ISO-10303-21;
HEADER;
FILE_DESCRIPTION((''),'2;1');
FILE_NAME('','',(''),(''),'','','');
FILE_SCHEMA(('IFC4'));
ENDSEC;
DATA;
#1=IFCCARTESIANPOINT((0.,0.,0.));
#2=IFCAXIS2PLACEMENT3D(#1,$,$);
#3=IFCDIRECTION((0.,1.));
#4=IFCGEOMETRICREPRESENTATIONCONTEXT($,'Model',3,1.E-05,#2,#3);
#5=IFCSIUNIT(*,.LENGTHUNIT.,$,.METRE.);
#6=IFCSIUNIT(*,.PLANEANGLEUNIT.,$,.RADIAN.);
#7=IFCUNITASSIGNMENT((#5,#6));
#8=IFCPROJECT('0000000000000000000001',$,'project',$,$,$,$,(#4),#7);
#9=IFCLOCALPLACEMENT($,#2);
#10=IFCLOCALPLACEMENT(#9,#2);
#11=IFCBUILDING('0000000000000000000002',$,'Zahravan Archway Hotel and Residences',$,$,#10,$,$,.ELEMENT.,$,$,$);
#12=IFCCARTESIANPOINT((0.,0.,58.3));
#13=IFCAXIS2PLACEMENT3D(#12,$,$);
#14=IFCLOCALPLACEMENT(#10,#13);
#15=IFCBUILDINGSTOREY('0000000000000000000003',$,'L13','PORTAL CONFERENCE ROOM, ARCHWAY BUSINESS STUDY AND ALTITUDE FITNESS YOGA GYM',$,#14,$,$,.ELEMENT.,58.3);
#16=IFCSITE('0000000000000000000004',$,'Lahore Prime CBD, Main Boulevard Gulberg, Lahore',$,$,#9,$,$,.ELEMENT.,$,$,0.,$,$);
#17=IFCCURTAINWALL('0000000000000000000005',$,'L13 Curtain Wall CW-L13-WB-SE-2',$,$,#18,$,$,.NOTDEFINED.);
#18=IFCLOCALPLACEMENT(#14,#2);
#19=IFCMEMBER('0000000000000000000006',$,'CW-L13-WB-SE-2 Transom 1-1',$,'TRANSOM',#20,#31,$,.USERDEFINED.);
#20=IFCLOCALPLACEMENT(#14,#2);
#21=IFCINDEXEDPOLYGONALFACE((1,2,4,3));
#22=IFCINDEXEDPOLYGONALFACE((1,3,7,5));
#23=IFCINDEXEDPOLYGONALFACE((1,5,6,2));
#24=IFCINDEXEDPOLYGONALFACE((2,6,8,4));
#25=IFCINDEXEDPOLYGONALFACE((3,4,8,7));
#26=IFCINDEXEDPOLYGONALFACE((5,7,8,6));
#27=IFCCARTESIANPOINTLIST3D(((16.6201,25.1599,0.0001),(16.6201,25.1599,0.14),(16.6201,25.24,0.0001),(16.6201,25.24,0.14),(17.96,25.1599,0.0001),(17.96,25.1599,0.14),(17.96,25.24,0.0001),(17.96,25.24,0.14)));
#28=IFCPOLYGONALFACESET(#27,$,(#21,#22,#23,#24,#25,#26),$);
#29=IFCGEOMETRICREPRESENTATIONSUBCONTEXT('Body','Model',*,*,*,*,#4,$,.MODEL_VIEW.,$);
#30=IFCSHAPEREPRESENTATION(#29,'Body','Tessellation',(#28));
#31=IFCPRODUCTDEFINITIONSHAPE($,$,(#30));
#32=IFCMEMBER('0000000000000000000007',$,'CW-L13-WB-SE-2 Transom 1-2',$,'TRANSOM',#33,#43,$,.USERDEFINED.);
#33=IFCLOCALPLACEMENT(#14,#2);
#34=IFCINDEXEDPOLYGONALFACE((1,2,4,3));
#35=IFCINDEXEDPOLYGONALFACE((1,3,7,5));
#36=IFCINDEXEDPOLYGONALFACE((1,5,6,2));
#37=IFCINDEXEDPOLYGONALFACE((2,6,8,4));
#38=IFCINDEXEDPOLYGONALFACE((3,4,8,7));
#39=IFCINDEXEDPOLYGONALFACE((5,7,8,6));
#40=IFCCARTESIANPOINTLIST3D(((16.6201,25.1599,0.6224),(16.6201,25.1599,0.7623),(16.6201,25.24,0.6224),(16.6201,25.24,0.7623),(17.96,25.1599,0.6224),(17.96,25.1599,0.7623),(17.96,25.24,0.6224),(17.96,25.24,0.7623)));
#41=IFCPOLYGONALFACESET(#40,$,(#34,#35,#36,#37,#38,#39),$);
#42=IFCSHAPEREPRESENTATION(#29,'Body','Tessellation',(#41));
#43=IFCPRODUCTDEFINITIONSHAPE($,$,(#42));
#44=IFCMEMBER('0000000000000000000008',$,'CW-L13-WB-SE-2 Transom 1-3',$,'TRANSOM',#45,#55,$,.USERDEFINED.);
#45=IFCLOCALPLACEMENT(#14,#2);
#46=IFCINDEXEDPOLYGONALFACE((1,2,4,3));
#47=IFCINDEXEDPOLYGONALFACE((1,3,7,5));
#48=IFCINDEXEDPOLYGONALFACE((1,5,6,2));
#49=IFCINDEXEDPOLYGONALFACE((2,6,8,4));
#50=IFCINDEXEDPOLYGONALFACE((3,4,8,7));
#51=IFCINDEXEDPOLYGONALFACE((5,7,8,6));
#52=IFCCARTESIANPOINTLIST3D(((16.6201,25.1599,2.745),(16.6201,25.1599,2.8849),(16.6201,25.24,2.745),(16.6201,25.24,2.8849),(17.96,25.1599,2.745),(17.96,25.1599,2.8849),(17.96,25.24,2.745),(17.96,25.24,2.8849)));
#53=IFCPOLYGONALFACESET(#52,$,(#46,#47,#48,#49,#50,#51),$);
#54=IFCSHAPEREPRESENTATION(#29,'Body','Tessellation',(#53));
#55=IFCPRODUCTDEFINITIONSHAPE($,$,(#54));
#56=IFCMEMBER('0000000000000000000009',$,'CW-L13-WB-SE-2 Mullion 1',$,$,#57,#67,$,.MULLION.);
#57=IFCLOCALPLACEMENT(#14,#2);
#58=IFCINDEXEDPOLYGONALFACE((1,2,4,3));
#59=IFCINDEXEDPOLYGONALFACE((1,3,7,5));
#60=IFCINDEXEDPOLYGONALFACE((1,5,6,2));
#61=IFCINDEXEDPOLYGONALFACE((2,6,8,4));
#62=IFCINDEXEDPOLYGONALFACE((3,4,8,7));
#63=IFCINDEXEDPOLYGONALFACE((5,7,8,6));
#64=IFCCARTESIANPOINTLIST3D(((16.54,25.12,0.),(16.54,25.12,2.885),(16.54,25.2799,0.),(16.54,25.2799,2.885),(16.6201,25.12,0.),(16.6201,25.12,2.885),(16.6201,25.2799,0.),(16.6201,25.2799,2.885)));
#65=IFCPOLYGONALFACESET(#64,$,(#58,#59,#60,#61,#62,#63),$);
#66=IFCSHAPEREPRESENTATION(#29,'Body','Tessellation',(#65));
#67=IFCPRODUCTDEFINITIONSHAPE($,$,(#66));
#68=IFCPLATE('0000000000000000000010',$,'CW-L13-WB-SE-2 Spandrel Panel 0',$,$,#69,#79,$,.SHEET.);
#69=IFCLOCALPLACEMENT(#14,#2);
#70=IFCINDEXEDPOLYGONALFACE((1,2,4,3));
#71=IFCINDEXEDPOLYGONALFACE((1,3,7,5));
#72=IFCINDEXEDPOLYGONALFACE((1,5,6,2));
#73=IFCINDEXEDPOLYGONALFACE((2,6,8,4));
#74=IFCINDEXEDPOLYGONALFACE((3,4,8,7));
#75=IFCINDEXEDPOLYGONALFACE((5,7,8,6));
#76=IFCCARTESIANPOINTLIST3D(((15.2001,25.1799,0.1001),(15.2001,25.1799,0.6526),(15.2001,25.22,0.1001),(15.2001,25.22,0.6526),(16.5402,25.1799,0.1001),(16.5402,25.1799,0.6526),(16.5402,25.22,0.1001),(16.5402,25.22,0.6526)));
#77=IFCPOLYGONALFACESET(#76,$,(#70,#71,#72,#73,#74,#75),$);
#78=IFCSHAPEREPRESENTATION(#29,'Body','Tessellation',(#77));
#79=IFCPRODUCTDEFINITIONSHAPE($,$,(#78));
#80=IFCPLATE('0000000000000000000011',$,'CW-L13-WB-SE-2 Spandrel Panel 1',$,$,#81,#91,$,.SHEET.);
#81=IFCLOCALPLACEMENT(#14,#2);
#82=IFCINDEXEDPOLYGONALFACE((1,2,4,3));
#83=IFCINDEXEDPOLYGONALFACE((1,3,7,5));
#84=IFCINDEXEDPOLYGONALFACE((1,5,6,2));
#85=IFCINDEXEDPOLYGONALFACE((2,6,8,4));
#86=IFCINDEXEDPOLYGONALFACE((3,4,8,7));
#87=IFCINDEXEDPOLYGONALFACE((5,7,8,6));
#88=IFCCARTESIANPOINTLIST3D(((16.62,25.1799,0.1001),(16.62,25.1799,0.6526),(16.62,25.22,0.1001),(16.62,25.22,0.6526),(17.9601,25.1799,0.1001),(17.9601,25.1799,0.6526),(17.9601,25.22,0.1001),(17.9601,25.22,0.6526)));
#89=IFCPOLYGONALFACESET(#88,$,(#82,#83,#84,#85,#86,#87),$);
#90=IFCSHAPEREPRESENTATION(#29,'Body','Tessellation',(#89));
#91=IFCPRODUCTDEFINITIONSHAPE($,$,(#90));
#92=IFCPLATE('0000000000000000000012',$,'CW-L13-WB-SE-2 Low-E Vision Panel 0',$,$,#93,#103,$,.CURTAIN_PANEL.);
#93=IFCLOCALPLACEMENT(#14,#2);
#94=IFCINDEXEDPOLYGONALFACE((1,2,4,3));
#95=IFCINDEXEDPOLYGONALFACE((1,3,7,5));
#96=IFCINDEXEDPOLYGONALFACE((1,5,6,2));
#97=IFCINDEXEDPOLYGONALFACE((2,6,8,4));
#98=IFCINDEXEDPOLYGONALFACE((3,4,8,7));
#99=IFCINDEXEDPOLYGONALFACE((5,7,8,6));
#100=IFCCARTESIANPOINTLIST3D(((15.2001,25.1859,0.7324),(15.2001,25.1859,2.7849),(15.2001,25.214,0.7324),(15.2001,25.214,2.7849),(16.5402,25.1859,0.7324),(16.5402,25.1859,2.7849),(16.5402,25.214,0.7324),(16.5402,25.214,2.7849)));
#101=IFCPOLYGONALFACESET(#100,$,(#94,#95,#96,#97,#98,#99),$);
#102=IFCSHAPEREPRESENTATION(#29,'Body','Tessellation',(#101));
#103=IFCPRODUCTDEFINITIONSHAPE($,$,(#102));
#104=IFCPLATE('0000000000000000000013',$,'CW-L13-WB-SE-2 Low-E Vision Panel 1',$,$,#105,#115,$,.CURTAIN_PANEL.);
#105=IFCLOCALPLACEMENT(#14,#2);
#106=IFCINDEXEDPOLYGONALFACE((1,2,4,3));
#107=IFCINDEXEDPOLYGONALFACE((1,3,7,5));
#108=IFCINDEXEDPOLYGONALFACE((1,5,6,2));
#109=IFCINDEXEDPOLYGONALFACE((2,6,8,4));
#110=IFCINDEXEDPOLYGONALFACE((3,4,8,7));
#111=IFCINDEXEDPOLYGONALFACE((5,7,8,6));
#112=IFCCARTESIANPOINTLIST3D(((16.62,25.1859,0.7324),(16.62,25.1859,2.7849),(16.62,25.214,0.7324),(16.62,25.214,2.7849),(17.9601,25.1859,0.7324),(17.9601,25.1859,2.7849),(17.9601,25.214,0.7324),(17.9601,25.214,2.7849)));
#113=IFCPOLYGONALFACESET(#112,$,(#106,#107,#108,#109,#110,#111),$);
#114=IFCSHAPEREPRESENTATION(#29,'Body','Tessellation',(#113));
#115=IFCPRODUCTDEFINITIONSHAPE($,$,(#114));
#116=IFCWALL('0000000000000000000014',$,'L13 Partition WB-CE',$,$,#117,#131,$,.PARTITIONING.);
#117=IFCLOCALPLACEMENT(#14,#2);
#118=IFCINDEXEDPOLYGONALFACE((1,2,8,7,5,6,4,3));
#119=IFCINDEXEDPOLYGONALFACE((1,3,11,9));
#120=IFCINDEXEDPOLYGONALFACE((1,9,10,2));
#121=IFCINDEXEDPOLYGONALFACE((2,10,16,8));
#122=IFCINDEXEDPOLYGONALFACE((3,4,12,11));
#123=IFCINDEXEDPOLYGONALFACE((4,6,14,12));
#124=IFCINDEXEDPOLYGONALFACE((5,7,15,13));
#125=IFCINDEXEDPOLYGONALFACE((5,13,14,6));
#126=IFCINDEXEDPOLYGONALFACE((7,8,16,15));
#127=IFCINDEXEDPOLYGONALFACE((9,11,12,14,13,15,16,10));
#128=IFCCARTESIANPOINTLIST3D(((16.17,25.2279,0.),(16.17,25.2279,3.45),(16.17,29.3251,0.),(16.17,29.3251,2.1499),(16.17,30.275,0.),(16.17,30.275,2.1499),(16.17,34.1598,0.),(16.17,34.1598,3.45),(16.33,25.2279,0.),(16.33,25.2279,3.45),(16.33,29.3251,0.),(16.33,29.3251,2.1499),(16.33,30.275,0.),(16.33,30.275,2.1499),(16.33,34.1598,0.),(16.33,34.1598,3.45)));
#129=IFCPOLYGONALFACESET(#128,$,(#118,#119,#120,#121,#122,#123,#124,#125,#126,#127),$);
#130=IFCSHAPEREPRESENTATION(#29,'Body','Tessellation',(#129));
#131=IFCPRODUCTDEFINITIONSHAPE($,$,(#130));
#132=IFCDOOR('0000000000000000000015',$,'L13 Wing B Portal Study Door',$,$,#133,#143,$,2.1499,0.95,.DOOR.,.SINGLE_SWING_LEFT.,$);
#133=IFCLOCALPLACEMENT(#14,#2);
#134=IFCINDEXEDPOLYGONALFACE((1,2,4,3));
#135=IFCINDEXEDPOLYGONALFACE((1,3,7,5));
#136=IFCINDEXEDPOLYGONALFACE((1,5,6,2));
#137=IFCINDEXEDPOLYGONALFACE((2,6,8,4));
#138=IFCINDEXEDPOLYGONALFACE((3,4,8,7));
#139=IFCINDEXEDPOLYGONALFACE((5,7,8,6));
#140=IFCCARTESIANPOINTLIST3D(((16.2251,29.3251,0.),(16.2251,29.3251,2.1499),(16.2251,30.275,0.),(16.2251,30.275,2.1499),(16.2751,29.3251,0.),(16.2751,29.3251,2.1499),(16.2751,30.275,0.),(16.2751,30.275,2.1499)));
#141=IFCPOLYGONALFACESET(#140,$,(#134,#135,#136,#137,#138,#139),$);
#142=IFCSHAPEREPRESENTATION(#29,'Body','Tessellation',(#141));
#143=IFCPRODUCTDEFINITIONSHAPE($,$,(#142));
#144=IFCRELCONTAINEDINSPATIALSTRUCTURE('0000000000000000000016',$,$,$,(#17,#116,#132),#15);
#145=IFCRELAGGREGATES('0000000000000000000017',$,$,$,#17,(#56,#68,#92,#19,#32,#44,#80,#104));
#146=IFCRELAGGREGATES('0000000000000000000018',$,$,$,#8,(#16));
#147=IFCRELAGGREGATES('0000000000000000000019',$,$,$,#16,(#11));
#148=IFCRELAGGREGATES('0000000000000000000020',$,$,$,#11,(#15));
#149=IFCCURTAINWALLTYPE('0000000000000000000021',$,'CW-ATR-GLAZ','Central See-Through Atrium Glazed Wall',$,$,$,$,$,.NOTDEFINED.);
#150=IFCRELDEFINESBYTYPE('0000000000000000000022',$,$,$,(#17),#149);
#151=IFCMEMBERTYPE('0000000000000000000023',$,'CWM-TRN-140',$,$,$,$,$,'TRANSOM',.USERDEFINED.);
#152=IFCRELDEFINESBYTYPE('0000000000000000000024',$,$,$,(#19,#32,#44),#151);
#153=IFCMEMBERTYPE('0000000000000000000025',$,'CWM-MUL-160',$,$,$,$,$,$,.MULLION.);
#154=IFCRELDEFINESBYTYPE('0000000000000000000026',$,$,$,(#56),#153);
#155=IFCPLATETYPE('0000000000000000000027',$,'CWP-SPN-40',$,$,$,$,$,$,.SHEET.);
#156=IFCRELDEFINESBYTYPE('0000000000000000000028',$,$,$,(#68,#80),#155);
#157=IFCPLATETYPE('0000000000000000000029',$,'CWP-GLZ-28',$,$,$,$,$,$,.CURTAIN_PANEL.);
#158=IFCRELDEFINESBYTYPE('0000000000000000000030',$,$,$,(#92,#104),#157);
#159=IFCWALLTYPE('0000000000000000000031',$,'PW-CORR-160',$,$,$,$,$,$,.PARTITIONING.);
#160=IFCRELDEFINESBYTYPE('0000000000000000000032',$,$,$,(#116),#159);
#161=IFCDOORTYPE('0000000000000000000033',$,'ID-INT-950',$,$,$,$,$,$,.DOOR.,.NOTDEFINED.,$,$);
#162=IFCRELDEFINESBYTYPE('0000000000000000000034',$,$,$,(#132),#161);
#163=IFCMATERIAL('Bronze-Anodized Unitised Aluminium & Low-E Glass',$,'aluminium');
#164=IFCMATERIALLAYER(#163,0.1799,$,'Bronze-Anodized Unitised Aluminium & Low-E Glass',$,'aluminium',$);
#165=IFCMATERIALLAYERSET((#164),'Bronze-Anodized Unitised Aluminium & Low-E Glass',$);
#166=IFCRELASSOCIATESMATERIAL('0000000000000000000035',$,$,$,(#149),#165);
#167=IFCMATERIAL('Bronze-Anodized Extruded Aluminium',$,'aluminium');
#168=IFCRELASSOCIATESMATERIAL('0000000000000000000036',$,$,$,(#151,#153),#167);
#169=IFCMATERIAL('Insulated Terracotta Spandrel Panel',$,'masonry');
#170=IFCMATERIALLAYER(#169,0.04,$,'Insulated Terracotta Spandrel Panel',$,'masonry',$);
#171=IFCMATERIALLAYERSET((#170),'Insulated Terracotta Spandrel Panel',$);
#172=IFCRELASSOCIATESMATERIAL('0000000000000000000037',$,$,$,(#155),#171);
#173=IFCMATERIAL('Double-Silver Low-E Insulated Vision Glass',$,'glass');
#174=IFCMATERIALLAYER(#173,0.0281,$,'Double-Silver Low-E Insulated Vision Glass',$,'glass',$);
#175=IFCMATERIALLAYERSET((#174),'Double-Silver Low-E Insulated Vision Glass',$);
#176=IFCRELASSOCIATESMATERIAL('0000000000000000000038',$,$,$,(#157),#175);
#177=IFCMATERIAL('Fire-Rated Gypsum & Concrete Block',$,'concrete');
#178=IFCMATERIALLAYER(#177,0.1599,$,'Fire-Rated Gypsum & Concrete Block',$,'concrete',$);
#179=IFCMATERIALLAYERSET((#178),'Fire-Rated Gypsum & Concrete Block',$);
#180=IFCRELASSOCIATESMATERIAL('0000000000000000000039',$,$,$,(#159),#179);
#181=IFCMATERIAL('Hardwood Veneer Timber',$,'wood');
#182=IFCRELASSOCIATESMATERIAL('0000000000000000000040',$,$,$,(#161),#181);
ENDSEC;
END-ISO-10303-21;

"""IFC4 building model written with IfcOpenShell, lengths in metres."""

from ifc_helpers import new_model, si_unit, direction, frame, frame_2d, origin, origin_2d, place, context, subcontext, project, spatial, rectangle, extrude, source, transform, mapped, material, layer, layer_set, material_profile, profile_set, type_object, type_shapes, element, fill, aggregate, save


model = new_model("IFC4")

# Units and contexts
model_context = context("Model", 3, precision=1e-05, world=origin(), true_north=direction((0.0, 1.0)))
body_context = subcontext(model_context, "Body", "Model", "MODEL_VIEW")
ifc_project = project(units=[si_unit("LENGTHUNIT", "METRE"), si_unit("PLANEANGLEUNIT", "RADIAN")], contexts=[model_context])

# Site, building, storey
site_placement = place(None, origin())
site = spatial("IfcSite", under=ifc_project, at=site_placement, Name="Lahore Prime CBD, Main Boulevard Gulberg, Lahore", CompositionType="ELEMENT", RefElevation=0.0)
building_placement = place(site_placement, origin())
building = spatial("IfcBuilding", under=site, at=building_placement, Name="Zahravan Archway Hotel and Residences", CompositionType="ELEMENT")
storey_placement = place(building_placement, frame((0.0, 0.0, 58.3)))
storey = spatial("IfcBuildingStorey", under=building, at=storey_placement, Name="L13", Description="PORTAL CONFERENCE ROOM, ARCHWAY BUSINESS STUDY AND ALTITUDE FITNESS YOGA GYM", CompositionType="ELEMENT", Elevation=58.3)

# Curtain wall, members, plates
ifc_material_1 = material(Name="Bronze-Anodized Unitised Aluminium & Low-E Glass", Category="aluminium")
ifc_layer_1 = layer(ifc_material_1, 0.1799, Name="Bronze-Anodized Unitised Aluminium & Low-E Glass", Category="aluminium")
ifc_layer_set_1 = layer_set([ifc_layer_1], Name="Bronze-Anodized Unitised Aluminium & Low-E Glass")
curtain_wall_type = type_object("IfcCurtainWallType", Name="CW-ATR-GLAZ", Description="Central See-Through Atrium Glazed Wall", PredefinedType="NOTDEFINED", material=ifc_layer_set_1)
curtain_wall_placement = place(storey_placement, origin())
curtain_wall = element("IfcCurtainWall", 1, at=curtain_wall_placement, inside=storey, type_object=curtain_wall_type, Name="L13 Curtain Wall CW-L13-WB-SE-2", PredefinedType="NOTDEFINED")
ifc_material_2 = material(Name="Bronze-Anodized Extruded Aluminium", Category="aluminium")
ifc_material_profile_1 = material_profile(ifc_material_2, rectangle(XDim=0.0801, YDim=0.1399, at=origin_2d()), Name="TRN 80x140", Category="aluminium")
ifc_profile_set_1 = profile_set([ifc_material_profile_1], Name="Bronze-Anodized Extruded Aluminium")
member_type_1 = type_object("IfcMemberType", Name="CWM-TRN-140", ElementType="TRANSOM", PredefinedType="USERDEFINED", material=ifc_profile_set_1)
shared_shape_1 = source(origin(), body_context, "Body", "SweptSolid", [
    extrude(rectangle(XDim=0.0801, YDim=0.1399, at=origin_2d()), origin(), (0.0, 0.0, 1.0), 1.3398),
])
member_1_placement = place(storey_placement, frame((16.6201, 25.2, 0.0701), z_axis=(1.0, 0.0, 0.0), x_axis=(0.0, 1.0, 0.0)))
member_1 = element("IfcMember", 2, at=member_1_placement, type_object=member_type_1, Name="CW-L13-WB-SE-2 Transom 1-1", ObjectType="TRANSOM", PredefinedType="USERDEFINED", context=body_context, shape_type="MappedRepresentation", body=[
    mapped(shared_shape_1, transform((0.0, 0.0, 0.0), scale=1.0)),
])
member_2_placement = place(storey_placement, frame((16.6201, 25.2, 0.6924), z_axis=(1.0, 0.0, 0.0), x_axis=(0.0, 1.0, 0.0)))
member_2 = element("IfcMember", 3, at=member_2_placement, type_object=member_type_1, Name="CW-L13-WB-SE-2 Transom 1-2", ObjectType="TRANSOM", PredefinedType="USERDEFINED", context=body_context, shape_type="MappedRepresentation", body=[
    mapped(shared_shape_1, transform((0.0, 0.0, 0.0), scale=1.0)),
])
member_3_placement = place(storey_placement, frame((16.6201, 25.2, 2.8149), z_axis=(1.0, 0.0, 0.0), x_axis=(0.0, 1.0, 0.0)))
member_3 = element("IfcMember", 4, at=member_3_placement, type_object=member_type_1, Name="CW-L13-WB-SE-2 Transom 1-3", ObjectType="TRANSOM", PredefinedType="USERDEFINED", context=body_context, shape_type="MappedRepresentation", body=[
    mapped(shared_shape_1, transform((0.0, 0.0, 0.0), scale=1.0)),
])
ifc_material_profile_2 = material_profile(ifc_material_2, rectangle(XDim=0.0801, YDim=0.1599, at=origin_2d()), Name="MUL 80x160", Category="aluminium")
ifc_profile_set_2 = profile_set([ifc_material_profile_2], Name="Bronze-Anodized Extruded Aluminium")
member_type_2 = type_object("IfcMemberType", Name="CWM-MUL-160", PredefinedType="MULLION", material=ifc_profile_set_2)
shared_shape_2 = source(origin(), body_context, "Body", "SweptSolid", [
    extrude(rectangle(XDim=0.0801, YDim=0.1599, at=origin_2d()), origin(), (0.0, 0.0, 1.0), 2.885),
])
member_4_placement = place(storey_placement, frame((16.5801, 25.2, 0.0), z_axis=(0.0, 0.0, 1.0), x_axis=(1.0, 0.0, 0.0)))
member_4 = element("IfcMember", 5, at=member_4_placement, type_object=member_type_2, Name="CW-L13-WB-SE-2 Mullion 1", PredefinedType="MULLION", context=body_context, shape_type="MappedRepresentation", body=[
    mapped(shared_shape_2, transform((0.0, 0.0, 0.0), scale=1.0)),
])
ifc_material_3 = material(Name="Insulated Terracotta Spandrel Panel", Category="masonry")
ifc_layer_2 = layer(ifc_material_3, 0.04, Name="Insulated Terracotta Spandrel Panel", Category="masonry")
ifc_layer_set_2 = layer_set([ifc_layer_2], Name="Insulated Terracotta Spandrel Panel")
plate_type_1 = type_object("IfcPlateType", Name="CWP-SPN-40", PredefinedType="SHEET", material=ifc_layer_set_2)
shared_shape_3 = source(origin(), body_context, "Body", "SweptSolid", [
    extrude(rectangle(XDim=1.3401, YDim=0.04, at=origin_2d()), origin(), (0.0, 0.0, 1.0), 0.5525),
])
plate_1_placement = place(storey_placement, frame((15.8701, 25.2, 0.1001), z_axis=(0.0, 0.0, 1.0), x_axis=(1.0, 0.0, 0.0)))
plate_1 = element("IfcPlate", 6, at=plate_1_placement, type_object=plate_type_1, Name="CW-L13-WB-SE-2 Spandrel Panel 0", PredefinedType="SHEET", context=body_context, shape_type="MappedRepresentation", body=[
    mapped(shared_shape_3, transform((0.0, 0.0, 0.0), scale=1.0)),
])
plate_2_placement = place(storey_placement, frame((17.29, 25.2, 0.1001), z_axis=(0.0, 0.0, 1.0), x_axis=(1.0, 0.0, 0.0)))
plate_2 = element("IfcPlate", 7, at=plate_2_placement, type_object=plate_type_1, Name="CW-L13-WB-SE-2 Spandrel Panel 1", PredefinedType="SHEET", context=body_context, shape_type="MappedRepresentation", body=[
    mapped(shared_shape_3, transform((0.0, 0.0, 0.0), scale=1.0)),
])
ifc_material_4 = material(Name="Double-Silver Low-E Insulated Vision Glass", Category="glass")
ifc_layer_3 = layer(ifc_material_4, 0.0281, Name="Double-Silver Low-E Insulated Vision Glass", Category="glass")
ifc_layer_set_3 = layer_set([ifc_layer_3], Name="Double-Silver Low-E Insulated Vision Glass")
plate_type_2 = type_object("IfcPlateType", Name="CWP-GLZ-28", PredefinedType="CURTAIN_PANEL", material=ifc_layer_set_3)
shared_shape_4 = source(origin(), body_context, "Body", "SweptSolid", [
    extrude(rectangle(XDim=1.3401, YDim=0.0281, at=origin_2d()), origin(), (0.0, 0.0, 1.0), 2.0525),
])
plate_3_placement = place(storey_placement, frame((15.8701, 25.2, 0.7324), z_axis=(0.0, 0.0, 1.0), x_axis=(1.0, 0.0, 0.0)))
plate_3 = element("IfcPlate", 8, at=plate_3_placement, type_object=plate_type_2, Name="CW-L13-WB-SE-2 Low-E Vision Panel 0", PredefinedType="CURTAIN_PANEL", context=body_context, shape_type="MappedRepresentation", body=[
    mapped(shared_shape_4, transform((0.0, 0.0, 0.0), scale=1.0)),
])
plate_4_placement = place(storey_placement, frame((17.29, 25.2, 0.7324), z_axis=(0.0, 0.0, 1.0), x_axis=(1.0, 0.0, 0.0)))
plate_4 = element("IfcPlate", 9, at=plate_4_placement, type_object=plate_type_2, Name="CW-L13-WB-SE-2 Low-E Vision Panel 1", PredefinedType="CURTAIN_PANEL", context=body_context, shape_type="MappedRepresentation", body=[
    mapped(shared_shape_4, transform((0.0, 0.0, 0.0), scale=1.0)),
])
aggregate(curtain_wall, [member_4, plate_1, plate_3, member_1, member_2, member_3, plate_2, plate_4])

# Wall, opening, door
ifc_material_5 = material(Name="Fire-Rated Gypsum & Concrete Block", Category="concrete")
ifc_layer_4 = layer(ifc_material_5, 0.1599, Name="Fire-Rated Gypsum & Concrete Block", Category="concrete")
ifc_layer_set_4 = layer_set([ifc_layer_4], Name="Fire-Rated Gypsum & Concrete Block")
wall_type = type_object("IfcWallType", Name="PW-CORR-160", PredefinedType="PARTITIONING", material=ifc_layer_set_4)
wall_placement = place(storey_placement, frame((16.25, 25.228, 0.0), z_axis=(0.0, 0.0, 1.0), x_axis=(0.0, 1.0, 0.0)))
wall = element("IfcWall", 10, at=wall_placement, inside=storey, type_object=wall_type, Name="L13 Partition WB-CE", PredefinedType="PARTITIONING", context=body_context, shape_type="SweptSolid", body=[
    extrude(rectangle(XDim=8.9319, YDim=0.1599, at=frame_2d((4.4658, 0.0))), origin(), (0.0, 0.0, 1.0), 3.45),
])
opening_placement = place(wall_placement, frame((4.0969, 0.0, 0.0)))
opening = element("IfcOpeningElement", 11, at=opening_placement, cuts=wall, PredefinedType="OPENING", context=body_context, shape_type="SweptSolid", body=[
    extrude(rectangle(XDim=0.95, YDim=2.1499, at=frame_2d((0.4751, 1.075))), frame((0.0, 0.0898, 0.0), z_axis=(0.0, -1.0, 0.0), x_axis=(1.0, 0.0, 0.0)), (0.0, 0.0, 1.0), 0.1799),
])
ifc_material_6 = material(Name="Hardwood Veneer Timber", Category="wood")
door_type = type_object("IfcDoorType", Name="ID-INT-950", OperationType="NOTDEFINED", PredefinedType="DOOR", material=ifc_material_6)
shared_shape_5 = source(origin(), body_context, "Body", "SweptSolid", [
    extrude(rectangle(XDim=0.95, YDim=2.1499, at=frame_2d((0.4751, 1.075))), frame((0.0, 0.0249, 0.0), z_axis=(0.0, -1.0, 0.0), x_axis=(1.0, 0.0, 0.0)), (0.0, 0.0, 1.0), 0.05),
])
type_shapes(door_type, [shared_shape_5])
door_placement = place(opening_placement, origin())
door = element("IfcDoor", 12, at=door_placement, inside=storey, type_object=door_type, Name="L13 Wing B Portal Study Door", OperationType="SINGLE_SWING_LEFT", OverallHeight=2.1499, OverallWidth=0.95, PredefinedType="DOOR", context=body_context, shape_type="MappedRepresentation", body=[
    mapped(shared_shape_5, transform((0.0, 0.0, 0.0), scale=1.0)),
])
fill(opening, door)

save(model, "model.ifc")
